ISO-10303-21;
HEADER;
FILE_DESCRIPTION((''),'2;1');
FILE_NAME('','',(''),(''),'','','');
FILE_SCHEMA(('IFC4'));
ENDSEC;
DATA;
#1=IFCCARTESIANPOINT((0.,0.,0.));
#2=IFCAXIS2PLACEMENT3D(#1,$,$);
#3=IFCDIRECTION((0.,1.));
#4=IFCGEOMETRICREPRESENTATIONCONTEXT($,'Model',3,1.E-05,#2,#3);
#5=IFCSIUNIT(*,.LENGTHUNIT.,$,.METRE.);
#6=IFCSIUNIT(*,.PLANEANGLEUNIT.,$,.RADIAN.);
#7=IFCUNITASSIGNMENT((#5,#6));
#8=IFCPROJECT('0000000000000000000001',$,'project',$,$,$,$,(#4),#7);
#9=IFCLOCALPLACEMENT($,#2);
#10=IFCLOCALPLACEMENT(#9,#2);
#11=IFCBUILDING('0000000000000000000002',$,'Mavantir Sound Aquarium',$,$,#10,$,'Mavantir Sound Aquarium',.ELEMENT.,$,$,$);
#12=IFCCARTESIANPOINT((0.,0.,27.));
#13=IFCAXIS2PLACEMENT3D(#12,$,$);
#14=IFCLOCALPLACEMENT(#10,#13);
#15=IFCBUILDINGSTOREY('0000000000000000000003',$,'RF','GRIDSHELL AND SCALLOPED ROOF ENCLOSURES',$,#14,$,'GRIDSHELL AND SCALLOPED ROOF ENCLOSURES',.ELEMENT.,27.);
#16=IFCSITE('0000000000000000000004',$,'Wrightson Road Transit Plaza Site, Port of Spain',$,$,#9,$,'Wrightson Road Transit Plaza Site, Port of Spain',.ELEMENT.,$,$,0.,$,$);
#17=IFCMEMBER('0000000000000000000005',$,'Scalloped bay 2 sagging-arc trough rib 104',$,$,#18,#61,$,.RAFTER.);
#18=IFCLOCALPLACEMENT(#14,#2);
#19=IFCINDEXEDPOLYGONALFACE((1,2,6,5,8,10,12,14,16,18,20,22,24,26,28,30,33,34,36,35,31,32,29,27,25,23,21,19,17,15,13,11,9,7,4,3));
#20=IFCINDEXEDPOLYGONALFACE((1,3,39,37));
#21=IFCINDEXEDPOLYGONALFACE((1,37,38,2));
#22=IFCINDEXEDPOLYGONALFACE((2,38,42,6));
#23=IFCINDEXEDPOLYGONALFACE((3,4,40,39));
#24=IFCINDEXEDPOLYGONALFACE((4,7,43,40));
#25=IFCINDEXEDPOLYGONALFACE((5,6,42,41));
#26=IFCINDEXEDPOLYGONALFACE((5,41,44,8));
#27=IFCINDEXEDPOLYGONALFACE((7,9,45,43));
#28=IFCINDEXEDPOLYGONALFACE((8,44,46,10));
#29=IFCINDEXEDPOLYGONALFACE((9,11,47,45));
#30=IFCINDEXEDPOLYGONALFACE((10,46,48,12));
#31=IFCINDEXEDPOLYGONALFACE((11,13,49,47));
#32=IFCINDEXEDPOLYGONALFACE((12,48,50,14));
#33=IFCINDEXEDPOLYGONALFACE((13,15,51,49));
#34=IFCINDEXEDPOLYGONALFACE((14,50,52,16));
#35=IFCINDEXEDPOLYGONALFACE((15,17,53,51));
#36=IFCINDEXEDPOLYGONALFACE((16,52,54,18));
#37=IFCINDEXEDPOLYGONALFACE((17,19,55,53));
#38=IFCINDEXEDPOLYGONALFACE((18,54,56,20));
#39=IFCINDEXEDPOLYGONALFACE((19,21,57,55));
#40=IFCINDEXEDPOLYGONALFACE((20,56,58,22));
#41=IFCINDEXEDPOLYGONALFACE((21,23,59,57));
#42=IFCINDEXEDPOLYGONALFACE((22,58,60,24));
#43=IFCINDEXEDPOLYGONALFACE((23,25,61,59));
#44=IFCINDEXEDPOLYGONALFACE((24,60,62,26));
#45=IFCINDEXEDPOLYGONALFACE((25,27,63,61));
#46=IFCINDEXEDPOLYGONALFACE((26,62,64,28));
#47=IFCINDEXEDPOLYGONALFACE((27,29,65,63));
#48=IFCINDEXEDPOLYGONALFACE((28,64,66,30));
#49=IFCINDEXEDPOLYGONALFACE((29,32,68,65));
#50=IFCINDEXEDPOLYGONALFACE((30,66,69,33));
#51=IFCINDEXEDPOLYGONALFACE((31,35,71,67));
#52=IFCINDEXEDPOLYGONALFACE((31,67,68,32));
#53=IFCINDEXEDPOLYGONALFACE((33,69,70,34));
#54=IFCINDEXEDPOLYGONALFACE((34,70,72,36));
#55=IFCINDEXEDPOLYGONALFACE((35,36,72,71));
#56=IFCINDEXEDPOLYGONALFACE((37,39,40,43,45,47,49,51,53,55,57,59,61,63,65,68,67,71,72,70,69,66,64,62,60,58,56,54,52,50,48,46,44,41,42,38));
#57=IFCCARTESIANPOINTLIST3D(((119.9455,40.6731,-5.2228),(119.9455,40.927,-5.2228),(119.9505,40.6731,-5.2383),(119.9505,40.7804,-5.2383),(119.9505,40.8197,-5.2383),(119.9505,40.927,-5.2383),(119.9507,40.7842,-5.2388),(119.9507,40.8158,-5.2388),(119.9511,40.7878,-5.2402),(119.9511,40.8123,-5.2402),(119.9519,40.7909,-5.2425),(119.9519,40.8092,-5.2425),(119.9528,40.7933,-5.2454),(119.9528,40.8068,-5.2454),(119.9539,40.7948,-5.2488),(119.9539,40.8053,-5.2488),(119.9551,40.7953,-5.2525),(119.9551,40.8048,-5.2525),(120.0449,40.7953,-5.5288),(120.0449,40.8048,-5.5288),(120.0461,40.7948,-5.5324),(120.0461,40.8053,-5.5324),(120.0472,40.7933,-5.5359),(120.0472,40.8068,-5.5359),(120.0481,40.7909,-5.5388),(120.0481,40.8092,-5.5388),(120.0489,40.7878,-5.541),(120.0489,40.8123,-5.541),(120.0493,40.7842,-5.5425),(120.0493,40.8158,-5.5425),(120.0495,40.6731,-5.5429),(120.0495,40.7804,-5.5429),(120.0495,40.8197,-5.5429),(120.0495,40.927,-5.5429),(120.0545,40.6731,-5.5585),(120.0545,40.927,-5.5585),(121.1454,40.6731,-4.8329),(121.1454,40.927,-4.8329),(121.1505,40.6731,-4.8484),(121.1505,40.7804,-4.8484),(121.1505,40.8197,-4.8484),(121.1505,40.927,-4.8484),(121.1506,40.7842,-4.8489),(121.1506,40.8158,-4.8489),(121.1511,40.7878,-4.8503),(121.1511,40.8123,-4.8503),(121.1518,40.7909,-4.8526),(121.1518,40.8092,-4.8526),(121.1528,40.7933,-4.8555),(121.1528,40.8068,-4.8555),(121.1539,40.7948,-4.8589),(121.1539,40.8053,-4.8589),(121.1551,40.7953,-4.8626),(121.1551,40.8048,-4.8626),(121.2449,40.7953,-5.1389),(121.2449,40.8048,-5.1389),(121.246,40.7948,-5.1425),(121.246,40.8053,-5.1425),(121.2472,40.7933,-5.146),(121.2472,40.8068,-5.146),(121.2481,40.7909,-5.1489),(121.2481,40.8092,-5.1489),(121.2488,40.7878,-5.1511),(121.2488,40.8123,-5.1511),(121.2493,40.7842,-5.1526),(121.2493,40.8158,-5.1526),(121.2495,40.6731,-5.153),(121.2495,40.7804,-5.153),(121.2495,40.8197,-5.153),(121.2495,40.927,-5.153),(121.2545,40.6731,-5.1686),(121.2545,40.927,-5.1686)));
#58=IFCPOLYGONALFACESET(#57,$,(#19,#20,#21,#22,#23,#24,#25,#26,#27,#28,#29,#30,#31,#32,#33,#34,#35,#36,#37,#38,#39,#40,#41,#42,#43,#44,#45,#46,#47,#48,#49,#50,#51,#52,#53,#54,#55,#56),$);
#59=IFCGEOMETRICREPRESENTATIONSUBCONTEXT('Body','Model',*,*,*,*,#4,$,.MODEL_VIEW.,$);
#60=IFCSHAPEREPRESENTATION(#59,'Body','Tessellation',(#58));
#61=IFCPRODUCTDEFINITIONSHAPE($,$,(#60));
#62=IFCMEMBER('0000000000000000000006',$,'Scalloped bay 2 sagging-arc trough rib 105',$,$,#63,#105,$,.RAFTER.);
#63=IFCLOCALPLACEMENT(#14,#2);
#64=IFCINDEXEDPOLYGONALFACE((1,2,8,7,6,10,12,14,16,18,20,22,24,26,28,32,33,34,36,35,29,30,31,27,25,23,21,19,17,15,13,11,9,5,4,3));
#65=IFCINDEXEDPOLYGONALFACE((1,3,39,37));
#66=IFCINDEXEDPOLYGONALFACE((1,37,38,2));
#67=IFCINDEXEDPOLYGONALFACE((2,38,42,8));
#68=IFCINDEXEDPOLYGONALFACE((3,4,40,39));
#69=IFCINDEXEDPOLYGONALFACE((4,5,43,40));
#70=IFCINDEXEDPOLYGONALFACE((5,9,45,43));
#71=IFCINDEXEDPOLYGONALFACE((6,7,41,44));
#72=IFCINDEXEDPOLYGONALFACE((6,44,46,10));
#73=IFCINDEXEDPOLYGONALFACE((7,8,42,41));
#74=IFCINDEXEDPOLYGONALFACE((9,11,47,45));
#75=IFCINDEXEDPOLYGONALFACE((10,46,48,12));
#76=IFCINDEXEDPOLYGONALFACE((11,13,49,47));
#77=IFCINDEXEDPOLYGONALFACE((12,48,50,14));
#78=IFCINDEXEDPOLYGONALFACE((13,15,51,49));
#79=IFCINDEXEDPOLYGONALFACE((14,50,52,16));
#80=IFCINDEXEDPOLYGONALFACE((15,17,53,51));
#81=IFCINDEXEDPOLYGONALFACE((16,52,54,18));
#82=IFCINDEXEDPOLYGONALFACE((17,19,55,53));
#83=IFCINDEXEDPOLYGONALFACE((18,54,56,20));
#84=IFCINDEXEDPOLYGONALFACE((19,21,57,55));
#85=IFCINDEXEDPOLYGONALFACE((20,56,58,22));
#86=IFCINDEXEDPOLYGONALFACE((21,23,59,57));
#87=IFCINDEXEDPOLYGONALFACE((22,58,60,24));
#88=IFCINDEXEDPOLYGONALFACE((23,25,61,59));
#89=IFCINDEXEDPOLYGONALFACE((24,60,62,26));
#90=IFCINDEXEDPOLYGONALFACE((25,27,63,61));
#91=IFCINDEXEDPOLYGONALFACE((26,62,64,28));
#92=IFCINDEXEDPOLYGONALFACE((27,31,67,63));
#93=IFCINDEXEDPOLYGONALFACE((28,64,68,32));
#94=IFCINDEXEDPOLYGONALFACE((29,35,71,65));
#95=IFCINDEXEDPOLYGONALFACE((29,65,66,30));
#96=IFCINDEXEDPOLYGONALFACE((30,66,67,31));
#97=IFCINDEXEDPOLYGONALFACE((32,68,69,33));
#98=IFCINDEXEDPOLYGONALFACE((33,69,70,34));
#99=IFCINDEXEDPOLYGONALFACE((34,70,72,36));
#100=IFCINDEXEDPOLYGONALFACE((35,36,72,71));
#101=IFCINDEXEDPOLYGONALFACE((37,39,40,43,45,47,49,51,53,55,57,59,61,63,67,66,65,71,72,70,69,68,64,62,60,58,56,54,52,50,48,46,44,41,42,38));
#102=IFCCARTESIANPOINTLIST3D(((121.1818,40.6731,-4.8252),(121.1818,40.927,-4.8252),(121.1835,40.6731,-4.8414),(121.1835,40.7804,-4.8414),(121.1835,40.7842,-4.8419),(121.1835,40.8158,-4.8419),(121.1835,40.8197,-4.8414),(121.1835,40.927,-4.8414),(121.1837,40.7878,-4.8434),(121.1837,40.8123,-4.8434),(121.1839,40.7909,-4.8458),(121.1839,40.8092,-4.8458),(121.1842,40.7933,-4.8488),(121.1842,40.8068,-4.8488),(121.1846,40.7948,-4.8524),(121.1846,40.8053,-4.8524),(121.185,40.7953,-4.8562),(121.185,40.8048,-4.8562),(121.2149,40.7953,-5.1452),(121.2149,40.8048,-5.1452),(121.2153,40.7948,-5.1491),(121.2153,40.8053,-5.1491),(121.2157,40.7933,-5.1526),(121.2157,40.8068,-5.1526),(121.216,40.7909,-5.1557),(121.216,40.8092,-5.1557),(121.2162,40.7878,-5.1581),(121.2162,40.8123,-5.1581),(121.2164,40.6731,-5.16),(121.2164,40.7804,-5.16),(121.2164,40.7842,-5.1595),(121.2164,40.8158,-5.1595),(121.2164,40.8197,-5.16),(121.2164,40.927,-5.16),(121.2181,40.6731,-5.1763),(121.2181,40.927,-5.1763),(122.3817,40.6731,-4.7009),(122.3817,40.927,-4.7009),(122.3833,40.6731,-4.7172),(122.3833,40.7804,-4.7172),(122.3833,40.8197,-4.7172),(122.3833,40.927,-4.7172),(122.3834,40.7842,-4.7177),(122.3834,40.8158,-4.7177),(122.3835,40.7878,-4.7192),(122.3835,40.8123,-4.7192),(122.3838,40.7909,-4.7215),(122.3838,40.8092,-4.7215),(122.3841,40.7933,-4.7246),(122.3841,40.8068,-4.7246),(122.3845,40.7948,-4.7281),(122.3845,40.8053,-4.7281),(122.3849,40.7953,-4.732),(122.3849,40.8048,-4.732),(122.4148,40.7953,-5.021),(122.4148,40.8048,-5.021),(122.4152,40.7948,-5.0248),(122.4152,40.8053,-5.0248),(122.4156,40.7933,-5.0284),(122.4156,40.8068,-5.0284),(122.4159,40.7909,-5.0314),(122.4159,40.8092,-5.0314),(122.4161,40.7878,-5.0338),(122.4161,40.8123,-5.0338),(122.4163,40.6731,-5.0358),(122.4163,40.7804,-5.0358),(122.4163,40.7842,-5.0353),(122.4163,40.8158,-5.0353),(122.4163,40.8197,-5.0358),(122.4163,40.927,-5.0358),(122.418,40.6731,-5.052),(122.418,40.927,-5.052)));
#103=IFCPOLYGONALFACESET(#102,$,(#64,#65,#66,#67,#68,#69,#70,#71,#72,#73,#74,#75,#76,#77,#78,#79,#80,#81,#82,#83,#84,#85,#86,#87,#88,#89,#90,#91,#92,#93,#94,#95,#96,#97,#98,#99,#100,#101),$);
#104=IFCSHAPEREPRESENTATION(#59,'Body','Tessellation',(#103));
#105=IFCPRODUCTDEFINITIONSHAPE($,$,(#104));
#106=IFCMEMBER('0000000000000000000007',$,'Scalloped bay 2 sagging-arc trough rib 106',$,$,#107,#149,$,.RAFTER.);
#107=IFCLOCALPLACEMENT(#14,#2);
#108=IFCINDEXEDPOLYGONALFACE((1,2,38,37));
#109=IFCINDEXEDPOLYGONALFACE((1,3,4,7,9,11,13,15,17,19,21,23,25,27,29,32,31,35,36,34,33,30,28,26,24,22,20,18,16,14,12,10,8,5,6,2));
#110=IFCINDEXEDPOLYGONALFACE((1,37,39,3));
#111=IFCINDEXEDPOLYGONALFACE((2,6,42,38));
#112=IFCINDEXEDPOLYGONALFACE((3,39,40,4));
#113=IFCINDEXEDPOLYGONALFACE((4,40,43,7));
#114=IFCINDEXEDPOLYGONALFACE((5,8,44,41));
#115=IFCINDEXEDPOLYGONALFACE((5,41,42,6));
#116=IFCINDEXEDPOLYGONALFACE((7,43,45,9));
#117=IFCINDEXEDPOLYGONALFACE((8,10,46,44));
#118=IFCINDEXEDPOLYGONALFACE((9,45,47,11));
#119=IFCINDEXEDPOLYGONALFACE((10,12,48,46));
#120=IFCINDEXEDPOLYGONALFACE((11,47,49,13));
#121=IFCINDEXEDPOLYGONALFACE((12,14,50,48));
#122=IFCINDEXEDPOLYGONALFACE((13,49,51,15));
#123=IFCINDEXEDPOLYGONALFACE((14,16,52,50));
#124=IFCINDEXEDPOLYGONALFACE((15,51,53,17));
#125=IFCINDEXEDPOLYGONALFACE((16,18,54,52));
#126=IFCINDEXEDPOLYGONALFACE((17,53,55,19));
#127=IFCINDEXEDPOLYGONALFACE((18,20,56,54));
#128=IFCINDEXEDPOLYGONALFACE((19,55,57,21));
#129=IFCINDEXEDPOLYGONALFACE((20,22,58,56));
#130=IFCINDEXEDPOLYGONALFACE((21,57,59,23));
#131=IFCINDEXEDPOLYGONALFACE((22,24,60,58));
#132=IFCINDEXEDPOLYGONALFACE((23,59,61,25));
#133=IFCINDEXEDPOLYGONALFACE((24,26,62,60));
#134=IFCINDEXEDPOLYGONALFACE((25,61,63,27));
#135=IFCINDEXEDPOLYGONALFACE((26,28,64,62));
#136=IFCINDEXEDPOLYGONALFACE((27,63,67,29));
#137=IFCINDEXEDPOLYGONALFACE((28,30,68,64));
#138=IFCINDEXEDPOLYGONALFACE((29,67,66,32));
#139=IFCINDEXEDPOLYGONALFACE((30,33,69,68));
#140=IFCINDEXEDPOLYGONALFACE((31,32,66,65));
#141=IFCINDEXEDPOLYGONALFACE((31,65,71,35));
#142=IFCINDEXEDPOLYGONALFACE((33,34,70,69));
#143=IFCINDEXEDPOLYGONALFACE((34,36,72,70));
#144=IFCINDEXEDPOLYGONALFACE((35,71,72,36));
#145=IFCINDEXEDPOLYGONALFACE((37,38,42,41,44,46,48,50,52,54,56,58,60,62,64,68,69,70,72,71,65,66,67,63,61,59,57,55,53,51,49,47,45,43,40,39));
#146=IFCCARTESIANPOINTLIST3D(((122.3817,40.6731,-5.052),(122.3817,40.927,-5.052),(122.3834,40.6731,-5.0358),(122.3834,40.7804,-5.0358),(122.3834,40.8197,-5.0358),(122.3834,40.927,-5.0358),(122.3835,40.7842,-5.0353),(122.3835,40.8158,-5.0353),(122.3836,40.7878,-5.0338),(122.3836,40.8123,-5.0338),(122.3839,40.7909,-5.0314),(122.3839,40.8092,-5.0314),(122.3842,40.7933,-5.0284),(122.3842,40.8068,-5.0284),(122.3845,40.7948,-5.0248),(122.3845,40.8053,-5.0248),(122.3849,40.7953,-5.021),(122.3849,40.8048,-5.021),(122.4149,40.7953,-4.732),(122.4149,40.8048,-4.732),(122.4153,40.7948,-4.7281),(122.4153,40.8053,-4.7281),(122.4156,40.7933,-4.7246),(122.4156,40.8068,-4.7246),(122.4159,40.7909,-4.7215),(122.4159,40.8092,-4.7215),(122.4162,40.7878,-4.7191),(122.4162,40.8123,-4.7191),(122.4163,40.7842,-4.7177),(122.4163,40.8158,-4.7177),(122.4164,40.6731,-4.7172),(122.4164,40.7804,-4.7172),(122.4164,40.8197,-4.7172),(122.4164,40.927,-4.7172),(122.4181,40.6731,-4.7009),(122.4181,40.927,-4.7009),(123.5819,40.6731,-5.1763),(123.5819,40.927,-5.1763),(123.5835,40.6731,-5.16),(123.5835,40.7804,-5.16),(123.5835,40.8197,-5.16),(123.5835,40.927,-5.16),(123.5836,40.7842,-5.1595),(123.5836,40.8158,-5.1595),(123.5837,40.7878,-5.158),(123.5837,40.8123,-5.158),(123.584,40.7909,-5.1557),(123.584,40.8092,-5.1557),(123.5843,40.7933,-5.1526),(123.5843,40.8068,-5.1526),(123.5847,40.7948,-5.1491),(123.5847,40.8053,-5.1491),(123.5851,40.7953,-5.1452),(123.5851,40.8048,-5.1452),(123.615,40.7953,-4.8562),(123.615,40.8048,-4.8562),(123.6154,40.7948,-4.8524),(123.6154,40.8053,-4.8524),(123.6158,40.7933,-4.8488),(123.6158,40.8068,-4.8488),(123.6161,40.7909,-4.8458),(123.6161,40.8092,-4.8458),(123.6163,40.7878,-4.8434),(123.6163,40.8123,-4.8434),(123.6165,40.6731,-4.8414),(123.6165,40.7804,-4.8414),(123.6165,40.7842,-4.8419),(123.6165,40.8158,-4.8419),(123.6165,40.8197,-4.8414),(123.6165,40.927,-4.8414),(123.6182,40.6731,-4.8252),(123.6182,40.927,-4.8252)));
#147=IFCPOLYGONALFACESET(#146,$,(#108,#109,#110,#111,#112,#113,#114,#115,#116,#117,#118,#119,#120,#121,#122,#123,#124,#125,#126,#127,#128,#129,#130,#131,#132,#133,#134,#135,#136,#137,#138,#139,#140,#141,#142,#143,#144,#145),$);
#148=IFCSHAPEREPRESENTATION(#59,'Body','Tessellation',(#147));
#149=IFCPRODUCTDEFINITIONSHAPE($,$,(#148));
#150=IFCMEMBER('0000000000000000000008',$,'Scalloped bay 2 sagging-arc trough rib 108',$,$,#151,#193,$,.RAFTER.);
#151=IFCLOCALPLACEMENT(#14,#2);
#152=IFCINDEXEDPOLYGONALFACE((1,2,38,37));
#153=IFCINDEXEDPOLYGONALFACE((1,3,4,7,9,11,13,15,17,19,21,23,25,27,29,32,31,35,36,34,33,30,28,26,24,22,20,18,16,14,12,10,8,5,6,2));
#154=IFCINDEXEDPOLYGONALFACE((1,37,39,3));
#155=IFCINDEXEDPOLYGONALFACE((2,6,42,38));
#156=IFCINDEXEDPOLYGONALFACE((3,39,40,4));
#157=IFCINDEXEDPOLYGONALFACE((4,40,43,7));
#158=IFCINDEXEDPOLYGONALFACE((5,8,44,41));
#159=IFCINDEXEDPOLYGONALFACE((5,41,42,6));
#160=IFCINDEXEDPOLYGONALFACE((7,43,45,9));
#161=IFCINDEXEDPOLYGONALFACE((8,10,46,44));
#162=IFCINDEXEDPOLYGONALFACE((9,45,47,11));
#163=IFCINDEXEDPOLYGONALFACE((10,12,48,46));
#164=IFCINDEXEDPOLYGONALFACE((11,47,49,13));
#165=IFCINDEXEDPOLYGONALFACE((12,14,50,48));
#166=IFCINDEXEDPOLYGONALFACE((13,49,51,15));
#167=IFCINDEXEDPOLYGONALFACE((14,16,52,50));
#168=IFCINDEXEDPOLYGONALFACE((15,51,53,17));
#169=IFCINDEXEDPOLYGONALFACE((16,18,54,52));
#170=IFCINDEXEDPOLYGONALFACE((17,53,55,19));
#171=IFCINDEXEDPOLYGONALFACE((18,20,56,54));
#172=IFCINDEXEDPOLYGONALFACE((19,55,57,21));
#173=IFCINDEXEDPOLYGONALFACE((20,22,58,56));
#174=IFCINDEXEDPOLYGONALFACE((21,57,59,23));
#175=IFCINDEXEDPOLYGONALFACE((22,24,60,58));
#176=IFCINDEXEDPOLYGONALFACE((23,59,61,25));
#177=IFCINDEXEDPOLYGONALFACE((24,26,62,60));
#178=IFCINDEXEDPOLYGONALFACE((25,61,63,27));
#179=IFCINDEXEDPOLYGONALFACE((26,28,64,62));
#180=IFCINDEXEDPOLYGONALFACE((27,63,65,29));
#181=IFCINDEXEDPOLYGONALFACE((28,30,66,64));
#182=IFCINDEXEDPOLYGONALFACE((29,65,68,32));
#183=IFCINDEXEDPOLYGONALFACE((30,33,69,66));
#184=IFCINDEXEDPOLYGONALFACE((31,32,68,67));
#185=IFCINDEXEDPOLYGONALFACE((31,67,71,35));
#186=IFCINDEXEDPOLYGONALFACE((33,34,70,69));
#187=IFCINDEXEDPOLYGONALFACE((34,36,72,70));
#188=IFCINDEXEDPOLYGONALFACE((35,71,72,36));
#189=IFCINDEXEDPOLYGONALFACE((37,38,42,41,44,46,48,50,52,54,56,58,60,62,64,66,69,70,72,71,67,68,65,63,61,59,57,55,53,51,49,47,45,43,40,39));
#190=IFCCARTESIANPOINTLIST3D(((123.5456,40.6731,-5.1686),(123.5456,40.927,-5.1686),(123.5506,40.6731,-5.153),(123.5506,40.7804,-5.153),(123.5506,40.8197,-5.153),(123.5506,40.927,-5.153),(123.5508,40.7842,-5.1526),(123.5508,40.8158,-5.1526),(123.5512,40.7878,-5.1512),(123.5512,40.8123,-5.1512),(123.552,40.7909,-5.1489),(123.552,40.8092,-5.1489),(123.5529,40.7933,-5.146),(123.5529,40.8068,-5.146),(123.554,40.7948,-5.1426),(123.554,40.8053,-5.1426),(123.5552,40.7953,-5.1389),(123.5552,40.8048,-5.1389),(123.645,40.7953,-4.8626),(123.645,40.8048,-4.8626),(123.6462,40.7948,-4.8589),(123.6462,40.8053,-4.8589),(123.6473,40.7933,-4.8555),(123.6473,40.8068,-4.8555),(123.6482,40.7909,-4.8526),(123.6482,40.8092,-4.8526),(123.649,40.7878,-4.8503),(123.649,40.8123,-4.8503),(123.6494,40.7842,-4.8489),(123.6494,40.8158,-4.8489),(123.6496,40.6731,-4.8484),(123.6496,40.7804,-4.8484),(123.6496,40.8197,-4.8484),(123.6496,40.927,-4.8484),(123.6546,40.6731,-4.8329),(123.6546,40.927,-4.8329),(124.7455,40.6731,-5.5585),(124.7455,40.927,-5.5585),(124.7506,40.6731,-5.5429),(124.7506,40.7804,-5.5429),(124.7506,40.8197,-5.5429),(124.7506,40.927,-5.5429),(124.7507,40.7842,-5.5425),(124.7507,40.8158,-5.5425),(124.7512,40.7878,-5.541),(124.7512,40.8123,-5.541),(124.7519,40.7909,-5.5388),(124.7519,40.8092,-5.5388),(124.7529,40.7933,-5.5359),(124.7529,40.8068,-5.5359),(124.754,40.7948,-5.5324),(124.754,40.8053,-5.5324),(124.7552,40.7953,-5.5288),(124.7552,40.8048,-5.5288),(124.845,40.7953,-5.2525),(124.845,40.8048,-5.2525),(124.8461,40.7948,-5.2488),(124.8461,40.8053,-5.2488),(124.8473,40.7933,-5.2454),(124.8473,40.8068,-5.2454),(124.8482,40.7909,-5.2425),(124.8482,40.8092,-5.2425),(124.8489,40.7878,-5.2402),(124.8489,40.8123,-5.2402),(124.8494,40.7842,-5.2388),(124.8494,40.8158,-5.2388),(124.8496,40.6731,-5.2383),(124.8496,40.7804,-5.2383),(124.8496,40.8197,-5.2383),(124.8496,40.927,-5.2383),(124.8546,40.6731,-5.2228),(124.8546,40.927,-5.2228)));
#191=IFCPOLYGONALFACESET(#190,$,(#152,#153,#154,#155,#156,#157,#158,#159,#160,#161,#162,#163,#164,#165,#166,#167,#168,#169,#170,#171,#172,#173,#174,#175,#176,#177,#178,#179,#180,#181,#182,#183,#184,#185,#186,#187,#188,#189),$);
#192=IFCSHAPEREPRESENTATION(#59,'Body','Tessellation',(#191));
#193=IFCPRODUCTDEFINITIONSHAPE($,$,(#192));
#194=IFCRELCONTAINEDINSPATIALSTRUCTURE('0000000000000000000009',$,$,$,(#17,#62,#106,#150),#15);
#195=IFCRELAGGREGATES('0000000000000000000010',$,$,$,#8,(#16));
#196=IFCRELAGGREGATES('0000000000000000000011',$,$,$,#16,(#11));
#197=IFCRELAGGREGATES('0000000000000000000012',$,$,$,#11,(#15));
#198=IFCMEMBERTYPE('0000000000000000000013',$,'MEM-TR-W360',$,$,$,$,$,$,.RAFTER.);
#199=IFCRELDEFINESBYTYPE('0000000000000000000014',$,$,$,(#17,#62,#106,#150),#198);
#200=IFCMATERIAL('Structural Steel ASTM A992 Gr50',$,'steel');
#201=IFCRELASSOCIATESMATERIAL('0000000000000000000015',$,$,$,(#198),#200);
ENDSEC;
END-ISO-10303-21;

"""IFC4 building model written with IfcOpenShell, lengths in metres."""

from ifc_helpers import new_model, si_unit, direction, frame, origin, origin_2d, place, context, subcontext, project, spatial, i_section, extrude, material, material_profile, profile_set, type_object, element, save


model = new_model("IFC4")

# Units and contexts
model_context = context("Model", 3, precision=1e-05, world=origin(), true_north=direction((0.0, 1.0)))
body_context = subcontext(model_context, "Body", "Model", "MODEL_VIEW")
ifc_project = project(units=[si_unit("LENGTHUNIT", "METRE"), si_unit("PLANEANGLEUNIT", "RADIAN")], contexts=[model_context])

# Site, building, storey
site_placement = place(None, origin())
site = spatial("IfcSite", under=ifc_project, at=site_placement, Name="Wrightson Road Transit Plaza Site, Port of Spain", LongName="Wrightson Road Transit Plaza Site, Port of Spain", CompositionType="ELEMENT", RefElevation=0.0)
building_placement = place(site_placement, origin())
building = spatial("IfcBuilding", under=site, at=building_placement, Name="Mavantir Sound Aquarium", LongName="Mavantir Sound Aquarium", CompositionType="ELEMENT")
storey_placement = place(building_placement, frame((0.0, 0.0, 27.0)))
storey = spatial("IfcBuildingStorey", under=building, at=storey_placement, Name="RF", Description="GRIDSHELL AND SCALLOPED ROOF ENCLOSURES", LongName="GRIDSHELL AND SCALLOPED ROOF ENCLOSURES", CompositionType="ELEMENT", Elevation=27.0)

# Shared definitions
ifc_material_1 = material(Name="Structural Steel ASTM A992 Gr50", Category="steel")

# Members
ifc_material_profile_1 = material_profile(ifc_material_1, i_section(OverallWidth=0.2539, OverallDepth=0.353, WebThickness=0.0095, FlangeThickness=0.0164, FilletRadius=0.0149, at=origin_2d()), Name="W360X91")
ifc_profile_set_1 = profile_set([ifc_material_profile_1], Name="Structural Steel ASTM A992 Gr50")
member_type_1 = type_object("IfcMemberType", Name="MEM-TR-W360", PredefinedType="RAFTER", material=ifc_profile_set_1)
member_1_placement = place(storey_placement, frame((120.0, 40.8, -5.3906), z_axis=(0.951055, 0.0, 0.30902), x_axis=(0.0, 1.0, 0.0)))
element("IfcMember", 1, at=member_1_placement, inside=storey, type_object=member_type_1, Name="Scalloped bay 2 sagging-arc trough rib 104", PredefinedType="RAFTER", context=body_context, shape_type="SweptSolid", body=[
    extrude(i_section(OverallWidth=0.2539, OverallDepth=0.353, WebThickness=0.0095, FlangeThickness=0.0164, FilletRadius=0.0149, at=origin_2d()), origin(), (0.0, 0.0, 1.0), 1.2617),
])
member_2_placement = place(storey_placement, frame((121.2, 40.8, -5.0007), z_axis=(0.99468, 0.0, 0.10301), x_axis=(0.0, 1.0, 0.0)))
element("IfcMember", 2, at=member_2_placement, inside=storey, type_object=member_type_1, Name="Scalloped bay 2 sagging-arc trough rib 105", PredefinedType="RAFTER", context=body_context, shape_type="SweptSolid", body=[
    extrude(i_section(OverallWidth=0.2539, OverallDepth=0.353, WebThickness=0.0095, FlangeThickness=0.0164, FilletRadius=0.0149, at=origin_2d()), origin(), (0.0, 0.0, 1.0), 1.2063),
])
member_3_placement = place(storey_placement, frame((122.3999, 40.8, -4.8765), z_axis=(0.994683, 0.0, -0.102989), x_axis=(0.0, 1.0, 0.0)))
element("IfcMember", 3, at=member_3_placement, inside=storey, type_object=member_type_1, Name="Scalloped bay 2 sagging-arc trough rib 106", PredefinedType="RAFTER", context=body_context, shape_type="SweptSolid", body=[
    extrude(i_section(OverallWidth=0.2539, OverallDepth=0.353, WebThickness=0.0095, FlangeThickness=0.0164, FilletRadius=0.0149, at=origin_2d()), origin(), (0.0, 0.0, 1.0), 1.2065),
])
member_4_placement = place(storey_placement, frame((123.6001, 40.8, -5.0007), z_axis=(0.951055, 0.0, -0.30902), x_axis=(0.0, 1.0, 0.0)))
element("IfcMember", 4, at=member_4_placement, inside=storey, type_object=member_type_1, Name="Scalloped bay 2 sagging-arc trough rib 108", PredefinedType="RAFTER", context=body_context, shape_type="SweptSolid", body=[
    extrude(i_section(OverallWidth=0.2539, OverallDepth=0.353, WebThickness=0.0095, FlangeThickness=0.0164, FilletRadius=0.0149, at=origin_2d()), origin(), (0.0, 0.0, 1.0), 1.2617),
])

save(model, "model.ifc")
